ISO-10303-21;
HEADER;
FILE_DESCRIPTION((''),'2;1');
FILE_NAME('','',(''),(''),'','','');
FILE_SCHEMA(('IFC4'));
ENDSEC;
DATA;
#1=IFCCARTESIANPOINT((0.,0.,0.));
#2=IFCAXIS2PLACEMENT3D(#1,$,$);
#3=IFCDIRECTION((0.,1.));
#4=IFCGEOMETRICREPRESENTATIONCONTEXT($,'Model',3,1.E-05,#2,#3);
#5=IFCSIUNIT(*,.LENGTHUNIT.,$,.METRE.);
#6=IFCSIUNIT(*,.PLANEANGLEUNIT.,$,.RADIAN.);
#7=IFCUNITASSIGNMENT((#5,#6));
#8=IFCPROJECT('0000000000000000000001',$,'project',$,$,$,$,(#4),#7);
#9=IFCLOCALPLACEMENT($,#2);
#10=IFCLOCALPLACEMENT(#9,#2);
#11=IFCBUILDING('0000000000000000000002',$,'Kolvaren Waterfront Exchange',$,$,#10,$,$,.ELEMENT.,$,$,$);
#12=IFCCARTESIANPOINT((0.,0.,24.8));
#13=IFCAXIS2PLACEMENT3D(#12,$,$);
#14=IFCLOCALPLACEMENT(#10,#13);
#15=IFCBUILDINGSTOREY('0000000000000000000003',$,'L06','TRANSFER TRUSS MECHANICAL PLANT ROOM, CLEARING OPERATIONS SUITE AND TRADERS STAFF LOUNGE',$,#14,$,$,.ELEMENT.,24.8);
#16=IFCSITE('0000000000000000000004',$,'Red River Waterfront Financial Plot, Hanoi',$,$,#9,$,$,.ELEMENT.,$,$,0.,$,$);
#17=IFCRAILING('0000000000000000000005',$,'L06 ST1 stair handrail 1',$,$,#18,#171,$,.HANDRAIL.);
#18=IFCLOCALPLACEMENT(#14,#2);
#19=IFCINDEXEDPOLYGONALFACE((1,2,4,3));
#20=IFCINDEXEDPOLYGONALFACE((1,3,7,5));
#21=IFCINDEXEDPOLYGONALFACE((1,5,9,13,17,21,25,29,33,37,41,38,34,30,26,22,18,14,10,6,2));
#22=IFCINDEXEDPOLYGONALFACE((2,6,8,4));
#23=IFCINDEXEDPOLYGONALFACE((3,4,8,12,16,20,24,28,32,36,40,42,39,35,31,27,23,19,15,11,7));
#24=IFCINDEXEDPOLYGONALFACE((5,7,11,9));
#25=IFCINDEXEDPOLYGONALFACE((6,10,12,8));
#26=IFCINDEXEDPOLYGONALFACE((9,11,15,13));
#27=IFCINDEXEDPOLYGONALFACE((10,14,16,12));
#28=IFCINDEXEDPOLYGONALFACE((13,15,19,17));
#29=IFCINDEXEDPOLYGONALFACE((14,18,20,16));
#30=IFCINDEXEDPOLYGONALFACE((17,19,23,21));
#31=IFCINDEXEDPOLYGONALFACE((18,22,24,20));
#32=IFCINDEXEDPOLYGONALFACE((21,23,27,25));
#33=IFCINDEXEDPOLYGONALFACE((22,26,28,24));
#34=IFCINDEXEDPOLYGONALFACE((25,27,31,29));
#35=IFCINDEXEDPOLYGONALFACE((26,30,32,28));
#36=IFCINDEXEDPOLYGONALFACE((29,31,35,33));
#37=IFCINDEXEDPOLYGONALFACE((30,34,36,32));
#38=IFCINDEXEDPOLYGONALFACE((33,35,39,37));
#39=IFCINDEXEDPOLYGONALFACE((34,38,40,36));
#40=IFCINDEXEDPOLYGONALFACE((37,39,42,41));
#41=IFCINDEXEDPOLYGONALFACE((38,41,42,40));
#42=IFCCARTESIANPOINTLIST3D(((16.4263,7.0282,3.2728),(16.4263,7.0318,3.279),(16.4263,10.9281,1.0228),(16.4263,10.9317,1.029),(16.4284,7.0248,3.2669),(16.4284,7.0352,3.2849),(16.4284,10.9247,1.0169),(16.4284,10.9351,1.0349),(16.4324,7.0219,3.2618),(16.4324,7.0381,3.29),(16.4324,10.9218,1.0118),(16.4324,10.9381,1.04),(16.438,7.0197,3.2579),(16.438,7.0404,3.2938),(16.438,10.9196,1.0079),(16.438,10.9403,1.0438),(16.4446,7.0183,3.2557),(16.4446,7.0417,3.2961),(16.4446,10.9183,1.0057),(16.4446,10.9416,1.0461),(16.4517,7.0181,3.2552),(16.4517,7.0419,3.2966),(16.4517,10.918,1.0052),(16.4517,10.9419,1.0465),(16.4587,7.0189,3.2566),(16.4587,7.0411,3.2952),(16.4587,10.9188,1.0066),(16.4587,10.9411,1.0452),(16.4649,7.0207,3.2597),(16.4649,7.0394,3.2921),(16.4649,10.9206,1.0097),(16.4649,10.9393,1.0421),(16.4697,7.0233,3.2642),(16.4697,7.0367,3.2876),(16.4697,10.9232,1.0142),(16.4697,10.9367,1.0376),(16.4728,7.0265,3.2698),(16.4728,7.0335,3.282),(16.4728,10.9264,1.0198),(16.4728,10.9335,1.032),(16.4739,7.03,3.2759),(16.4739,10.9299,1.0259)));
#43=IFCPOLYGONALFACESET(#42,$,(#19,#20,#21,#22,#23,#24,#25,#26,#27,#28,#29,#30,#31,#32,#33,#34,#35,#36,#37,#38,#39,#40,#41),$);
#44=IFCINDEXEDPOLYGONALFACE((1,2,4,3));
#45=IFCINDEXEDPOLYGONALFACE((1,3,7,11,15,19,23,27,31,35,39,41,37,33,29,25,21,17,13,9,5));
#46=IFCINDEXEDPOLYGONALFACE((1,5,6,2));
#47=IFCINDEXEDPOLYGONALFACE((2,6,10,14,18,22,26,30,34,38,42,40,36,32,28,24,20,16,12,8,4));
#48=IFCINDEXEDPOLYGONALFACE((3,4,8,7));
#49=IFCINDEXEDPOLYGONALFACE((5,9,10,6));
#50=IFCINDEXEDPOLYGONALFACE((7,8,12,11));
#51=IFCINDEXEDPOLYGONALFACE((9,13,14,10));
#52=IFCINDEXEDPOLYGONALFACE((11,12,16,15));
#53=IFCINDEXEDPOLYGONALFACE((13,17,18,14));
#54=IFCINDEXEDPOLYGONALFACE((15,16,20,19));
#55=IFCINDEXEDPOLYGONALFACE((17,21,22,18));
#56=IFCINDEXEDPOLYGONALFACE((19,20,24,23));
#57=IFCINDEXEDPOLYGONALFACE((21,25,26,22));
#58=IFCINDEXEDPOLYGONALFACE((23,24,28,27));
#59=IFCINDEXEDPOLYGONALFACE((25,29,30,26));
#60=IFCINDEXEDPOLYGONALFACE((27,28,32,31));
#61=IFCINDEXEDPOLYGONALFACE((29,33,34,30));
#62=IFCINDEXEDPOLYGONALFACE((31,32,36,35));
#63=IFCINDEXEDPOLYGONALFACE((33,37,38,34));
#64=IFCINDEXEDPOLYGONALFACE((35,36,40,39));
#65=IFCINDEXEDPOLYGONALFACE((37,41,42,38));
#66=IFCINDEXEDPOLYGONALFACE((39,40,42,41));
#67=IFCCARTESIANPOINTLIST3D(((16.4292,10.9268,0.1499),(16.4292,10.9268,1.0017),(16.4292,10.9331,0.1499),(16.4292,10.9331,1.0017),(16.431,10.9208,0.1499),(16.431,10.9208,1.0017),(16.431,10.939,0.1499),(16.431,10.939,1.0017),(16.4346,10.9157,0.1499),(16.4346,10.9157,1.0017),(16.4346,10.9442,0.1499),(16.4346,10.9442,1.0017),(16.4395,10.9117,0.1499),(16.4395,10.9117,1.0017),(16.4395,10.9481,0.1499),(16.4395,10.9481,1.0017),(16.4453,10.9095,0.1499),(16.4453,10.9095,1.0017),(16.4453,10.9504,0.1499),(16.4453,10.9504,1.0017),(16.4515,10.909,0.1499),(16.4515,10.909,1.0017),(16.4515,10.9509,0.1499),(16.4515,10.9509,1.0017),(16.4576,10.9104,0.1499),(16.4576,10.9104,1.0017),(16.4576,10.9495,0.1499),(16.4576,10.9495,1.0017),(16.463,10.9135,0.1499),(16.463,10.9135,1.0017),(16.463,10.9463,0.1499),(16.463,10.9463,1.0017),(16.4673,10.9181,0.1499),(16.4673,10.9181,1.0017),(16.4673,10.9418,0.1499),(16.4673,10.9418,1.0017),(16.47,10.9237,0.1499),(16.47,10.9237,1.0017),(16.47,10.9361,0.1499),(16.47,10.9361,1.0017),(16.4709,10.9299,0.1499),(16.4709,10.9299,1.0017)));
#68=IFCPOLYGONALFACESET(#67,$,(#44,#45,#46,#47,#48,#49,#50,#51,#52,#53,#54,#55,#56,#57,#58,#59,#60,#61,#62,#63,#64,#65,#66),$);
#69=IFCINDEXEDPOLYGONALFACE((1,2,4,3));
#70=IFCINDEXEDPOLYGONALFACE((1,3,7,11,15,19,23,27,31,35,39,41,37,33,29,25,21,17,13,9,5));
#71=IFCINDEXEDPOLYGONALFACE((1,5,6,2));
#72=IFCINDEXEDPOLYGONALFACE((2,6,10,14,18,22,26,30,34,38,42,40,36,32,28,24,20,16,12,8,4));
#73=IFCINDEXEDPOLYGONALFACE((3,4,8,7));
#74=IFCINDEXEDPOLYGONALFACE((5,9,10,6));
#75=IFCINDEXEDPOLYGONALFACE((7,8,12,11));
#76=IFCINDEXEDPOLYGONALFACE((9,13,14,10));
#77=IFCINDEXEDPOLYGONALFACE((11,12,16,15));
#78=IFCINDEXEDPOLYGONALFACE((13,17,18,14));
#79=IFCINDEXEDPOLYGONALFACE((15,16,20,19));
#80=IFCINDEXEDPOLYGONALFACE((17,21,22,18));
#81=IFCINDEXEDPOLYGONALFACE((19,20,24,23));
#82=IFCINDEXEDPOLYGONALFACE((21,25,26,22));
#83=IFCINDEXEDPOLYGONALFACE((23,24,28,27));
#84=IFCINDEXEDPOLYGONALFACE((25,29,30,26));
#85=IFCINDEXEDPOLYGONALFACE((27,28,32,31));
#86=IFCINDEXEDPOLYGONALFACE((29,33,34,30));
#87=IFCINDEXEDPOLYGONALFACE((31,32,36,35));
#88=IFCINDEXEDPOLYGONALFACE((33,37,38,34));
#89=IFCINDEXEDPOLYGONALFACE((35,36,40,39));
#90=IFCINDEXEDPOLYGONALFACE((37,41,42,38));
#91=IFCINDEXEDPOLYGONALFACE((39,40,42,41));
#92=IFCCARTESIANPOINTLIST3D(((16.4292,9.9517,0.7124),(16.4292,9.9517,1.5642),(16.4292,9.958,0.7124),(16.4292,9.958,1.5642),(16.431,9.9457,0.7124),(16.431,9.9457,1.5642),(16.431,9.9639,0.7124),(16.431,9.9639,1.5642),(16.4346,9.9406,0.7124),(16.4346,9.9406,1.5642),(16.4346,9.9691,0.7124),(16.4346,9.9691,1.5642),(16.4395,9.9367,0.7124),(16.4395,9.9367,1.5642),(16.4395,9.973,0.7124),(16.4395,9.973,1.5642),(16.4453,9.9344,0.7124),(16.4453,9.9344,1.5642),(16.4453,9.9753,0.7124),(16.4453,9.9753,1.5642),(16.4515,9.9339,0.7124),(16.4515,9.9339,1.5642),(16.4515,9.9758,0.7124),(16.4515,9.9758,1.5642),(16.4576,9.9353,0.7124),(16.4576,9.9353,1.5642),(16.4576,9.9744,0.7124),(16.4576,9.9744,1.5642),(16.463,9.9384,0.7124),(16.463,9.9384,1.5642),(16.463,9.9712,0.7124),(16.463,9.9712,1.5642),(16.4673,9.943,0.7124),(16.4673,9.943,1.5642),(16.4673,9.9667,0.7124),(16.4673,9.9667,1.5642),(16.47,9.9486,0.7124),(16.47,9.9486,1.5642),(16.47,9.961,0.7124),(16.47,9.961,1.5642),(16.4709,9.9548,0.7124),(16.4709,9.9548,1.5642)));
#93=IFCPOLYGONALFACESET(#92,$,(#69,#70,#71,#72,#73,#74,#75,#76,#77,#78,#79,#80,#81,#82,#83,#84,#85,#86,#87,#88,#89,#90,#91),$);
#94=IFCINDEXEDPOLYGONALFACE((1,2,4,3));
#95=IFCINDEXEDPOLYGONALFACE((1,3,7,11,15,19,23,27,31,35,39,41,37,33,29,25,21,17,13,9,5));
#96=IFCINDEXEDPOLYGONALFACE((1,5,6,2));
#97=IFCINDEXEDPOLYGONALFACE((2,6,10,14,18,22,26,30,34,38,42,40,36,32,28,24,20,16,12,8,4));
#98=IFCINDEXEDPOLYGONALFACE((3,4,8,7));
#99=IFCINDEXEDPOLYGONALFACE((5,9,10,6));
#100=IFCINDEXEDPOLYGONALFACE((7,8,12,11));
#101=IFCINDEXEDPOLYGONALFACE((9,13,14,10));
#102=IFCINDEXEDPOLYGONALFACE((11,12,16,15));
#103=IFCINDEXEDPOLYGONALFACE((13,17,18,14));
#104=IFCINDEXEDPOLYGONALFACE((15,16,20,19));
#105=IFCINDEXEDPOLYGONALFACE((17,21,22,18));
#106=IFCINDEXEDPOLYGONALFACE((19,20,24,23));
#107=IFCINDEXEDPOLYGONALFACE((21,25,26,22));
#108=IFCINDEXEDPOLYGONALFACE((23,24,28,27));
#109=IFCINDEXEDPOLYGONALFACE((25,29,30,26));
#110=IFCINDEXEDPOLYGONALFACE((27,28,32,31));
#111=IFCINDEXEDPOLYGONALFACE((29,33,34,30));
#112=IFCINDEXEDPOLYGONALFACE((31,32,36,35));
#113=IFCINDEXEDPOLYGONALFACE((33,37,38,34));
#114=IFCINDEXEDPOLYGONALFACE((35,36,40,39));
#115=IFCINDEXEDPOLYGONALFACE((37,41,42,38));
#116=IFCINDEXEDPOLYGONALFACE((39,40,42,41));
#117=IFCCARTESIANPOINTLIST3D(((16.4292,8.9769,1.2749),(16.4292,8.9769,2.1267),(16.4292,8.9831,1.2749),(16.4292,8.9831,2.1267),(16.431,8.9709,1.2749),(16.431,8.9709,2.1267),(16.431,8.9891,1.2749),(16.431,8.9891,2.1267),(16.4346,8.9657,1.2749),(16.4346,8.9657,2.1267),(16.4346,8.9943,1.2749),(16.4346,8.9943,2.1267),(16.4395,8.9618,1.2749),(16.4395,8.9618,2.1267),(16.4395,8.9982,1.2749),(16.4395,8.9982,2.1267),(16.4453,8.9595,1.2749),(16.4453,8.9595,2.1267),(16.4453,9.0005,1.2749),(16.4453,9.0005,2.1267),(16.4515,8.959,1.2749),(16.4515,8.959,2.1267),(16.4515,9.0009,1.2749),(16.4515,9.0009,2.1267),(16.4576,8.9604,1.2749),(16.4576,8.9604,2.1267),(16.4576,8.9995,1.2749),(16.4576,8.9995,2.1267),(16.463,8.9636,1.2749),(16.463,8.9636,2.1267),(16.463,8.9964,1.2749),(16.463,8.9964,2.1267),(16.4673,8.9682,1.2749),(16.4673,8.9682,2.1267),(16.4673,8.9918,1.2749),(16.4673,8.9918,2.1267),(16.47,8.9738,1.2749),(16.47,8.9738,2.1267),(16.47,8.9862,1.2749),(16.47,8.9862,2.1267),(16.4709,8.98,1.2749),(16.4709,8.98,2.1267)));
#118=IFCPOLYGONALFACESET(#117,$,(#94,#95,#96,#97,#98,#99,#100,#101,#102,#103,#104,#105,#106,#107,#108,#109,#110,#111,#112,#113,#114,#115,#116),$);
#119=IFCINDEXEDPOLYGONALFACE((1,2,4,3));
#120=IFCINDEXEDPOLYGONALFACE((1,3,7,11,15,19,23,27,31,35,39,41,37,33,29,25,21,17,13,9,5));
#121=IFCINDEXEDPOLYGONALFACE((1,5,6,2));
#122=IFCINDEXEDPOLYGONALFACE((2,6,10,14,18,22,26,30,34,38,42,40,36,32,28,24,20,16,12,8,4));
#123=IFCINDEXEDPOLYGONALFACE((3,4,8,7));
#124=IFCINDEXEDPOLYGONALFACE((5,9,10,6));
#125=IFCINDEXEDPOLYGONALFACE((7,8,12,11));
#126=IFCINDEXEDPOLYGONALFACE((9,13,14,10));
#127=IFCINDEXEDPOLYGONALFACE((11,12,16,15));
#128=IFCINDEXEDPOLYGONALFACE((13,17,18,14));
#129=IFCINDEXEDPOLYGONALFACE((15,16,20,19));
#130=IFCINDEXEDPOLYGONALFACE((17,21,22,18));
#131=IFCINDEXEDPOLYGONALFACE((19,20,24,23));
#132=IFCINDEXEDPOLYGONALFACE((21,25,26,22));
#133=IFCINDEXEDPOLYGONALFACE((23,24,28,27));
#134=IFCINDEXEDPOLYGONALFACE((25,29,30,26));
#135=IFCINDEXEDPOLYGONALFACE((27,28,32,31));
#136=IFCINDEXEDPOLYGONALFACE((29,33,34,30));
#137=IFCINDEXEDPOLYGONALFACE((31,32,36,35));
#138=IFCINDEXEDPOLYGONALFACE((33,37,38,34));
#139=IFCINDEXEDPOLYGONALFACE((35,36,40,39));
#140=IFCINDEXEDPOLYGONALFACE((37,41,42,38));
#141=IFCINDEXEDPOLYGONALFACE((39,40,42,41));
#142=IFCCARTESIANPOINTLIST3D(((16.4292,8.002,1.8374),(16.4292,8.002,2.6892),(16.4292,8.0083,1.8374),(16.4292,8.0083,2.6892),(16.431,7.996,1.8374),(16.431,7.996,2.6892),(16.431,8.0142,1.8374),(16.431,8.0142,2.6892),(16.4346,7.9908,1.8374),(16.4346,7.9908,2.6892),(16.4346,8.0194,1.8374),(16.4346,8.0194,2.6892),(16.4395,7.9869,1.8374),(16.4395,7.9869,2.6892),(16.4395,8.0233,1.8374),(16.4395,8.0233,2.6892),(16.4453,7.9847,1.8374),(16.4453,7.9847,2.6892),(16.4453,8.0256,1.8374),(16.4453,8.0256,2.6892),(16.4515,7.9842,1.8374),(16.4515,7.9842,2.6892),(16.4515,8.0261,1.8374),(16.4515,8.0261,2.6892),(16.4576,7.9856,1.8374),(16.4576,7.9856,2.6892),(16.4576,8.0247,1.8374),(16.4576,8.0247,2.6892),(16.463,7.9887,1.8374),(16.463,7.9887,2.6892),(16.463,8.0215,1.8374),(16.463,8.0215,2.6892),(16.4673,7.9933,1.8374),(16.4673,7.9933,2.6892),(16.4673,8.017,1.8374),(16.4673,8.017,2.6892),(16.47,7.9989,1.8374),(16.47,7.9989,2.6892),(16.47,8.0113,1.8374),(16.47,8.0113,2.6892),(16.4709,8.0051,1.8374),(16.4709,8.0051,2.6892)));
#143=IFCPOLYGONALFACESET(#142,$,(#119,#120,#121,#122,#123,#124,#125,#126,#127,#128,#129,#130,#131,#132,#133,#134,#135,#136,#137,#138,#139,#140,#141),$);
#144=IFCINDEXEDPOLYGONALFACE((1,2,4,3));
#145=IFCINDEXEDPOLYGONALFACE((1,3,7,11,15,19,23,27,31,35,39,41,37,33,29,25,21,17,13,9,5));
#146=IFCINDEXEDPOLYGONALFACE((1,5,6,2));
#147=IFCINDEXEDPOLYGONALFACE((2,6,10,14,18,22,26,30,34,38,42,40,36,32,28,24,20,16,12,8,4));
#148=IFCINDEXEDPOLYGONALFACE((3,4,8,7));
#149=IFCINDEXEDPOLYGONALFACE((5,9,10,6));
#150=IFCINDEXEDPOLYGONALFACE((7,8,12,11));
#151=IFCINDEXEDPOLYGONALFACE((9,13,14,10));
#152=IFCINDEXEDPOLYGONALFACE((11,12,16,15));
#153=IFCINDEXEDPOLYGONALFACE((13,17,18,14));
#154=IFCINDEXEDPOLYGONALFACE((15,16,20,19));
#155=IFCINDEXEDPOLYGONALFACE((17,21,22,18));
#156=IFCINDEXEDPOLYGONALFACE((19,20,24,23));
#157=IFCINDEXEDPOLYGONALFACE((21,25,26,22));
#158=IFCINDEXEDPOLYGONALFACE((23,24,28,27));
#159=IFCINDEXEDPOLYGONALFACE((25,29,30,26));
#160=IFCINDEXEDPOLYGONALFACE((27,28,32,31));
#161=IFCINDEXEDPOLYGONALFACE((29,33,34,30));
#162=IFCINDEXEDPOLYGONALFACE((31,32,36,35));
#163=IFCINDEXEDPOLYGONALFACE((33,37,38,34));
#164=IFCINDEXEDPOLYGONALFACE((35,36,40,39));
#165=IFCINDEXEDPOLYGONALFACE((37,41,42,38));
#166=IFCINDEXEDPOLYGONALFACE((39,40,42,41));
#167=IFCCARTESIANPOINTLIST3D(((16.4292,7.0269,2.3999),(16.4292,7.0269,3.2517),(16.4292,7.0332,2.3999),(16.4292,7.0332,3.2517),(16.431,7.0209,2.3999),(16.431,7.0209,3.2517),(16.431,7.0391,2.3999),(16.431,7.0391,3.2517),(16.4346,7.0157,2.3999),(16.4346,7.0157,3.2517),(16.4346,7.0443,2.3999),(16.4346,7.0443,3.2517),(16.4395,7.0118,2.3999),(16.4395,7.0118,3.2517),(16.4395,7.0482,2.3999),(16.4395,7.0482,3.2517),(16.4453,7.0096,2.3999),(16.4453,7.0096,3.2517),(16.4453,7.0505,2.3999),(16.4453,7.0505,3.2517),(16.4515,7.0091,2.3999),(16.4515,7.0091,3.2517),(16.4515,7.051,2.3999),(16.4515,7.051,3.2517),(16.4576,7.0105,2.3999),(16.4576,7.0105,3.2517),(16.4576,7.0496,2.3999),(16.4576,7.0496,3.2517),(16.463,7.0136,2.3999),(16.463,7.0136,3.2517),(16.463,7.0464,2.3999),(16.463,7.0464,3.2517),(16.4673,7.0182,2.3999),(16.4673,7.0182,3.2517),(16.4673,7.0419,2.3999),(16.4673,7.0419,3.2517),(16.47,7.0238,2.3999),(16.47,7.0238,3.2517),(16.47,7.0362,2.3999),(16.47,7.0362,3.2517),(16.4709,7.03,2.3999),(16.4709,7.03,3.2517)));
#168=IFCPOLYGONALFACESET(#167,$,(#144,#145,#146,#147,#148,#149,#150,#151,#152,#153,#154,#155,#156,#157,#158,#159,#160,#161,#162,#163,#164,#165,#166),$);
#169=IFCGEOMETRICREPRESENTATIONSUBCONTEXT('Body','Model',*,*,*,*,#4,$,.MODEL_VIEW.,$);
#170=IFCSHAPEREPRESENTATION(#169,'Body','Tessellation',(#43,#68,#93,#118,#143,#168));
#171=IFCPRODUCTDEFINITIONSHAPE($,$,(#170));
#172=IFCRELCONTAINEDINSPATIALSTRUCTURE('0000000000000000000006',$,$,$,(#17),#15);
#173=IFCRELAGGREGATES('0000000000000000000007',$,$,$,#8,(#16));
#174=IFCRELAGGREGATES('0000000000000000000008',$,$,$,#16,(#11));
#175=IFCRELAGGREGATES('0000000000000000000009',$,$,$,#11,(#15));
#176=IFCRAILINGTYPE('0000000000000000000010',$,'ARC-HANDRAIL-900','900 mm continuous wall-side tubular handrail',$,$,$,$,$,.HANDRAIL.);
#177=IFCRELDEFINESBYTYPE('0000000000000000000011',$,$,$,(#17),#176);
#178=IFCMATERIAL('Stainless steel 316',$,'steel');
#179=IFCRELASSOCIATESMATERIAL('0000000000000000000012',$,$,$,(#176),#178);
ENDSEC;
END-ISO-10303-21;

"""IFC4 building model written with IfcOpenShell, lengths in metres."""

from ifc_helpers import new_model, si_unit, direction, frame, origin, origin_2d, place, context, subcontext, project, spatial, circle, extrude, material, type_object, element, save


model = new_model("IFC4")

# Units and contexts
model_context = context("Model", 3, precision=1e-05, world=origin(), true_north=direction((0.0, 1.0)))
body_context = subcontext(model_context, "Body", "Model", "MODEL_VIEW")
ifc_project = project(units=[si_unit("LENGTHUNIT", "METRE"), si_unit("PLANEANGLEUNIT", "RADIAN")], contexts=[model_context])

# Site, building, storey
site_placement = place(None, origin())
site = spatial("IfcSite", under=ifc_project, at=site_placement, Name="Red River Waterfront Financial Plot, Hanoi", CompositionType="ELEMENT", RefElevation=0.0)
building_placement = place(site_placement, origin())
building = spatial("IfcBuilding", under=site, at=building_placement, Name="Kolvaren Waterfront Exchange", CompositionType="ELEMENT")
storey_placement = place(building_placement, frame((0.0, 0.0, 24.8)))
storey = spatial("IfcBuildingStorey", under=building, at=storey_placement, Name="L06", Description="TRANSFER TRUSS MECHANICAL PLANT ROOM, CLEARING OPERATIONS SUITE AND TRADERS STAFF LOUNGE", CompositionType="ELEMENT", Elevation=24.8)

# Railing
ifc_material_1 = material(Name="Stainless steel 316", Category="steel")
railing_type_1 = type_object("IfcRailingType", Name="ARC-HANDRAIL-900", Description="900 mm continuous wall-side tubular handrail", PredefinedType="HANDRAIL", material=ifc_material_1)
railing_1_placement = place(storey_placement, frame((16.45, 10.9299, 0.1499)))
element("IfcRailing", 1, at=railing_1_placement, inside=storey, type_object=railing_type_1, Name="L06 ST1 stair handrail 1", PredefinedType="HANDRAIL", context=body_context, shape_type="SweptSolid", body=[
    extrude(circle(Radius=0.0239, at=origin_2d()), frame((0.0, 0.0, 0.876), z_axis=(0.0, -0.86618, 0.499732), x_axis=(1.0, 0.0, 0.0)), (0.0, 0.0, 1.0), 4.5024),
    extrude(circle(Radius=0.021, at=origin_2d()), origin(), (0.0, 0.0, 1.0), 0.8518),
    extrude(circle(Radius=0.021, at=origin_2d()), frame((0.0, -0.9751, 0.5625)), (0.0, 0.0, 1.0), 0.8518),
    extrude(circle(Radius=0.021, at=origin_2d()), frame((0.0, -1.95, 1.125)), (0.0, 0.0, 1.0), 0.8518),
    extrude(circle(Radius=0.021, at=origin_2d()), frame((0.0, -2.9248, 1.6875)), (0.0, 0.0, 1.0), 0.8518),
    extrude(circle(Radius=0.021, at=origin_2d()), frame((0.0, -3.8999, 2.25)), (0.0, 0.0, 1.0), 0.8518),
])

save(model, "model.ifc")
